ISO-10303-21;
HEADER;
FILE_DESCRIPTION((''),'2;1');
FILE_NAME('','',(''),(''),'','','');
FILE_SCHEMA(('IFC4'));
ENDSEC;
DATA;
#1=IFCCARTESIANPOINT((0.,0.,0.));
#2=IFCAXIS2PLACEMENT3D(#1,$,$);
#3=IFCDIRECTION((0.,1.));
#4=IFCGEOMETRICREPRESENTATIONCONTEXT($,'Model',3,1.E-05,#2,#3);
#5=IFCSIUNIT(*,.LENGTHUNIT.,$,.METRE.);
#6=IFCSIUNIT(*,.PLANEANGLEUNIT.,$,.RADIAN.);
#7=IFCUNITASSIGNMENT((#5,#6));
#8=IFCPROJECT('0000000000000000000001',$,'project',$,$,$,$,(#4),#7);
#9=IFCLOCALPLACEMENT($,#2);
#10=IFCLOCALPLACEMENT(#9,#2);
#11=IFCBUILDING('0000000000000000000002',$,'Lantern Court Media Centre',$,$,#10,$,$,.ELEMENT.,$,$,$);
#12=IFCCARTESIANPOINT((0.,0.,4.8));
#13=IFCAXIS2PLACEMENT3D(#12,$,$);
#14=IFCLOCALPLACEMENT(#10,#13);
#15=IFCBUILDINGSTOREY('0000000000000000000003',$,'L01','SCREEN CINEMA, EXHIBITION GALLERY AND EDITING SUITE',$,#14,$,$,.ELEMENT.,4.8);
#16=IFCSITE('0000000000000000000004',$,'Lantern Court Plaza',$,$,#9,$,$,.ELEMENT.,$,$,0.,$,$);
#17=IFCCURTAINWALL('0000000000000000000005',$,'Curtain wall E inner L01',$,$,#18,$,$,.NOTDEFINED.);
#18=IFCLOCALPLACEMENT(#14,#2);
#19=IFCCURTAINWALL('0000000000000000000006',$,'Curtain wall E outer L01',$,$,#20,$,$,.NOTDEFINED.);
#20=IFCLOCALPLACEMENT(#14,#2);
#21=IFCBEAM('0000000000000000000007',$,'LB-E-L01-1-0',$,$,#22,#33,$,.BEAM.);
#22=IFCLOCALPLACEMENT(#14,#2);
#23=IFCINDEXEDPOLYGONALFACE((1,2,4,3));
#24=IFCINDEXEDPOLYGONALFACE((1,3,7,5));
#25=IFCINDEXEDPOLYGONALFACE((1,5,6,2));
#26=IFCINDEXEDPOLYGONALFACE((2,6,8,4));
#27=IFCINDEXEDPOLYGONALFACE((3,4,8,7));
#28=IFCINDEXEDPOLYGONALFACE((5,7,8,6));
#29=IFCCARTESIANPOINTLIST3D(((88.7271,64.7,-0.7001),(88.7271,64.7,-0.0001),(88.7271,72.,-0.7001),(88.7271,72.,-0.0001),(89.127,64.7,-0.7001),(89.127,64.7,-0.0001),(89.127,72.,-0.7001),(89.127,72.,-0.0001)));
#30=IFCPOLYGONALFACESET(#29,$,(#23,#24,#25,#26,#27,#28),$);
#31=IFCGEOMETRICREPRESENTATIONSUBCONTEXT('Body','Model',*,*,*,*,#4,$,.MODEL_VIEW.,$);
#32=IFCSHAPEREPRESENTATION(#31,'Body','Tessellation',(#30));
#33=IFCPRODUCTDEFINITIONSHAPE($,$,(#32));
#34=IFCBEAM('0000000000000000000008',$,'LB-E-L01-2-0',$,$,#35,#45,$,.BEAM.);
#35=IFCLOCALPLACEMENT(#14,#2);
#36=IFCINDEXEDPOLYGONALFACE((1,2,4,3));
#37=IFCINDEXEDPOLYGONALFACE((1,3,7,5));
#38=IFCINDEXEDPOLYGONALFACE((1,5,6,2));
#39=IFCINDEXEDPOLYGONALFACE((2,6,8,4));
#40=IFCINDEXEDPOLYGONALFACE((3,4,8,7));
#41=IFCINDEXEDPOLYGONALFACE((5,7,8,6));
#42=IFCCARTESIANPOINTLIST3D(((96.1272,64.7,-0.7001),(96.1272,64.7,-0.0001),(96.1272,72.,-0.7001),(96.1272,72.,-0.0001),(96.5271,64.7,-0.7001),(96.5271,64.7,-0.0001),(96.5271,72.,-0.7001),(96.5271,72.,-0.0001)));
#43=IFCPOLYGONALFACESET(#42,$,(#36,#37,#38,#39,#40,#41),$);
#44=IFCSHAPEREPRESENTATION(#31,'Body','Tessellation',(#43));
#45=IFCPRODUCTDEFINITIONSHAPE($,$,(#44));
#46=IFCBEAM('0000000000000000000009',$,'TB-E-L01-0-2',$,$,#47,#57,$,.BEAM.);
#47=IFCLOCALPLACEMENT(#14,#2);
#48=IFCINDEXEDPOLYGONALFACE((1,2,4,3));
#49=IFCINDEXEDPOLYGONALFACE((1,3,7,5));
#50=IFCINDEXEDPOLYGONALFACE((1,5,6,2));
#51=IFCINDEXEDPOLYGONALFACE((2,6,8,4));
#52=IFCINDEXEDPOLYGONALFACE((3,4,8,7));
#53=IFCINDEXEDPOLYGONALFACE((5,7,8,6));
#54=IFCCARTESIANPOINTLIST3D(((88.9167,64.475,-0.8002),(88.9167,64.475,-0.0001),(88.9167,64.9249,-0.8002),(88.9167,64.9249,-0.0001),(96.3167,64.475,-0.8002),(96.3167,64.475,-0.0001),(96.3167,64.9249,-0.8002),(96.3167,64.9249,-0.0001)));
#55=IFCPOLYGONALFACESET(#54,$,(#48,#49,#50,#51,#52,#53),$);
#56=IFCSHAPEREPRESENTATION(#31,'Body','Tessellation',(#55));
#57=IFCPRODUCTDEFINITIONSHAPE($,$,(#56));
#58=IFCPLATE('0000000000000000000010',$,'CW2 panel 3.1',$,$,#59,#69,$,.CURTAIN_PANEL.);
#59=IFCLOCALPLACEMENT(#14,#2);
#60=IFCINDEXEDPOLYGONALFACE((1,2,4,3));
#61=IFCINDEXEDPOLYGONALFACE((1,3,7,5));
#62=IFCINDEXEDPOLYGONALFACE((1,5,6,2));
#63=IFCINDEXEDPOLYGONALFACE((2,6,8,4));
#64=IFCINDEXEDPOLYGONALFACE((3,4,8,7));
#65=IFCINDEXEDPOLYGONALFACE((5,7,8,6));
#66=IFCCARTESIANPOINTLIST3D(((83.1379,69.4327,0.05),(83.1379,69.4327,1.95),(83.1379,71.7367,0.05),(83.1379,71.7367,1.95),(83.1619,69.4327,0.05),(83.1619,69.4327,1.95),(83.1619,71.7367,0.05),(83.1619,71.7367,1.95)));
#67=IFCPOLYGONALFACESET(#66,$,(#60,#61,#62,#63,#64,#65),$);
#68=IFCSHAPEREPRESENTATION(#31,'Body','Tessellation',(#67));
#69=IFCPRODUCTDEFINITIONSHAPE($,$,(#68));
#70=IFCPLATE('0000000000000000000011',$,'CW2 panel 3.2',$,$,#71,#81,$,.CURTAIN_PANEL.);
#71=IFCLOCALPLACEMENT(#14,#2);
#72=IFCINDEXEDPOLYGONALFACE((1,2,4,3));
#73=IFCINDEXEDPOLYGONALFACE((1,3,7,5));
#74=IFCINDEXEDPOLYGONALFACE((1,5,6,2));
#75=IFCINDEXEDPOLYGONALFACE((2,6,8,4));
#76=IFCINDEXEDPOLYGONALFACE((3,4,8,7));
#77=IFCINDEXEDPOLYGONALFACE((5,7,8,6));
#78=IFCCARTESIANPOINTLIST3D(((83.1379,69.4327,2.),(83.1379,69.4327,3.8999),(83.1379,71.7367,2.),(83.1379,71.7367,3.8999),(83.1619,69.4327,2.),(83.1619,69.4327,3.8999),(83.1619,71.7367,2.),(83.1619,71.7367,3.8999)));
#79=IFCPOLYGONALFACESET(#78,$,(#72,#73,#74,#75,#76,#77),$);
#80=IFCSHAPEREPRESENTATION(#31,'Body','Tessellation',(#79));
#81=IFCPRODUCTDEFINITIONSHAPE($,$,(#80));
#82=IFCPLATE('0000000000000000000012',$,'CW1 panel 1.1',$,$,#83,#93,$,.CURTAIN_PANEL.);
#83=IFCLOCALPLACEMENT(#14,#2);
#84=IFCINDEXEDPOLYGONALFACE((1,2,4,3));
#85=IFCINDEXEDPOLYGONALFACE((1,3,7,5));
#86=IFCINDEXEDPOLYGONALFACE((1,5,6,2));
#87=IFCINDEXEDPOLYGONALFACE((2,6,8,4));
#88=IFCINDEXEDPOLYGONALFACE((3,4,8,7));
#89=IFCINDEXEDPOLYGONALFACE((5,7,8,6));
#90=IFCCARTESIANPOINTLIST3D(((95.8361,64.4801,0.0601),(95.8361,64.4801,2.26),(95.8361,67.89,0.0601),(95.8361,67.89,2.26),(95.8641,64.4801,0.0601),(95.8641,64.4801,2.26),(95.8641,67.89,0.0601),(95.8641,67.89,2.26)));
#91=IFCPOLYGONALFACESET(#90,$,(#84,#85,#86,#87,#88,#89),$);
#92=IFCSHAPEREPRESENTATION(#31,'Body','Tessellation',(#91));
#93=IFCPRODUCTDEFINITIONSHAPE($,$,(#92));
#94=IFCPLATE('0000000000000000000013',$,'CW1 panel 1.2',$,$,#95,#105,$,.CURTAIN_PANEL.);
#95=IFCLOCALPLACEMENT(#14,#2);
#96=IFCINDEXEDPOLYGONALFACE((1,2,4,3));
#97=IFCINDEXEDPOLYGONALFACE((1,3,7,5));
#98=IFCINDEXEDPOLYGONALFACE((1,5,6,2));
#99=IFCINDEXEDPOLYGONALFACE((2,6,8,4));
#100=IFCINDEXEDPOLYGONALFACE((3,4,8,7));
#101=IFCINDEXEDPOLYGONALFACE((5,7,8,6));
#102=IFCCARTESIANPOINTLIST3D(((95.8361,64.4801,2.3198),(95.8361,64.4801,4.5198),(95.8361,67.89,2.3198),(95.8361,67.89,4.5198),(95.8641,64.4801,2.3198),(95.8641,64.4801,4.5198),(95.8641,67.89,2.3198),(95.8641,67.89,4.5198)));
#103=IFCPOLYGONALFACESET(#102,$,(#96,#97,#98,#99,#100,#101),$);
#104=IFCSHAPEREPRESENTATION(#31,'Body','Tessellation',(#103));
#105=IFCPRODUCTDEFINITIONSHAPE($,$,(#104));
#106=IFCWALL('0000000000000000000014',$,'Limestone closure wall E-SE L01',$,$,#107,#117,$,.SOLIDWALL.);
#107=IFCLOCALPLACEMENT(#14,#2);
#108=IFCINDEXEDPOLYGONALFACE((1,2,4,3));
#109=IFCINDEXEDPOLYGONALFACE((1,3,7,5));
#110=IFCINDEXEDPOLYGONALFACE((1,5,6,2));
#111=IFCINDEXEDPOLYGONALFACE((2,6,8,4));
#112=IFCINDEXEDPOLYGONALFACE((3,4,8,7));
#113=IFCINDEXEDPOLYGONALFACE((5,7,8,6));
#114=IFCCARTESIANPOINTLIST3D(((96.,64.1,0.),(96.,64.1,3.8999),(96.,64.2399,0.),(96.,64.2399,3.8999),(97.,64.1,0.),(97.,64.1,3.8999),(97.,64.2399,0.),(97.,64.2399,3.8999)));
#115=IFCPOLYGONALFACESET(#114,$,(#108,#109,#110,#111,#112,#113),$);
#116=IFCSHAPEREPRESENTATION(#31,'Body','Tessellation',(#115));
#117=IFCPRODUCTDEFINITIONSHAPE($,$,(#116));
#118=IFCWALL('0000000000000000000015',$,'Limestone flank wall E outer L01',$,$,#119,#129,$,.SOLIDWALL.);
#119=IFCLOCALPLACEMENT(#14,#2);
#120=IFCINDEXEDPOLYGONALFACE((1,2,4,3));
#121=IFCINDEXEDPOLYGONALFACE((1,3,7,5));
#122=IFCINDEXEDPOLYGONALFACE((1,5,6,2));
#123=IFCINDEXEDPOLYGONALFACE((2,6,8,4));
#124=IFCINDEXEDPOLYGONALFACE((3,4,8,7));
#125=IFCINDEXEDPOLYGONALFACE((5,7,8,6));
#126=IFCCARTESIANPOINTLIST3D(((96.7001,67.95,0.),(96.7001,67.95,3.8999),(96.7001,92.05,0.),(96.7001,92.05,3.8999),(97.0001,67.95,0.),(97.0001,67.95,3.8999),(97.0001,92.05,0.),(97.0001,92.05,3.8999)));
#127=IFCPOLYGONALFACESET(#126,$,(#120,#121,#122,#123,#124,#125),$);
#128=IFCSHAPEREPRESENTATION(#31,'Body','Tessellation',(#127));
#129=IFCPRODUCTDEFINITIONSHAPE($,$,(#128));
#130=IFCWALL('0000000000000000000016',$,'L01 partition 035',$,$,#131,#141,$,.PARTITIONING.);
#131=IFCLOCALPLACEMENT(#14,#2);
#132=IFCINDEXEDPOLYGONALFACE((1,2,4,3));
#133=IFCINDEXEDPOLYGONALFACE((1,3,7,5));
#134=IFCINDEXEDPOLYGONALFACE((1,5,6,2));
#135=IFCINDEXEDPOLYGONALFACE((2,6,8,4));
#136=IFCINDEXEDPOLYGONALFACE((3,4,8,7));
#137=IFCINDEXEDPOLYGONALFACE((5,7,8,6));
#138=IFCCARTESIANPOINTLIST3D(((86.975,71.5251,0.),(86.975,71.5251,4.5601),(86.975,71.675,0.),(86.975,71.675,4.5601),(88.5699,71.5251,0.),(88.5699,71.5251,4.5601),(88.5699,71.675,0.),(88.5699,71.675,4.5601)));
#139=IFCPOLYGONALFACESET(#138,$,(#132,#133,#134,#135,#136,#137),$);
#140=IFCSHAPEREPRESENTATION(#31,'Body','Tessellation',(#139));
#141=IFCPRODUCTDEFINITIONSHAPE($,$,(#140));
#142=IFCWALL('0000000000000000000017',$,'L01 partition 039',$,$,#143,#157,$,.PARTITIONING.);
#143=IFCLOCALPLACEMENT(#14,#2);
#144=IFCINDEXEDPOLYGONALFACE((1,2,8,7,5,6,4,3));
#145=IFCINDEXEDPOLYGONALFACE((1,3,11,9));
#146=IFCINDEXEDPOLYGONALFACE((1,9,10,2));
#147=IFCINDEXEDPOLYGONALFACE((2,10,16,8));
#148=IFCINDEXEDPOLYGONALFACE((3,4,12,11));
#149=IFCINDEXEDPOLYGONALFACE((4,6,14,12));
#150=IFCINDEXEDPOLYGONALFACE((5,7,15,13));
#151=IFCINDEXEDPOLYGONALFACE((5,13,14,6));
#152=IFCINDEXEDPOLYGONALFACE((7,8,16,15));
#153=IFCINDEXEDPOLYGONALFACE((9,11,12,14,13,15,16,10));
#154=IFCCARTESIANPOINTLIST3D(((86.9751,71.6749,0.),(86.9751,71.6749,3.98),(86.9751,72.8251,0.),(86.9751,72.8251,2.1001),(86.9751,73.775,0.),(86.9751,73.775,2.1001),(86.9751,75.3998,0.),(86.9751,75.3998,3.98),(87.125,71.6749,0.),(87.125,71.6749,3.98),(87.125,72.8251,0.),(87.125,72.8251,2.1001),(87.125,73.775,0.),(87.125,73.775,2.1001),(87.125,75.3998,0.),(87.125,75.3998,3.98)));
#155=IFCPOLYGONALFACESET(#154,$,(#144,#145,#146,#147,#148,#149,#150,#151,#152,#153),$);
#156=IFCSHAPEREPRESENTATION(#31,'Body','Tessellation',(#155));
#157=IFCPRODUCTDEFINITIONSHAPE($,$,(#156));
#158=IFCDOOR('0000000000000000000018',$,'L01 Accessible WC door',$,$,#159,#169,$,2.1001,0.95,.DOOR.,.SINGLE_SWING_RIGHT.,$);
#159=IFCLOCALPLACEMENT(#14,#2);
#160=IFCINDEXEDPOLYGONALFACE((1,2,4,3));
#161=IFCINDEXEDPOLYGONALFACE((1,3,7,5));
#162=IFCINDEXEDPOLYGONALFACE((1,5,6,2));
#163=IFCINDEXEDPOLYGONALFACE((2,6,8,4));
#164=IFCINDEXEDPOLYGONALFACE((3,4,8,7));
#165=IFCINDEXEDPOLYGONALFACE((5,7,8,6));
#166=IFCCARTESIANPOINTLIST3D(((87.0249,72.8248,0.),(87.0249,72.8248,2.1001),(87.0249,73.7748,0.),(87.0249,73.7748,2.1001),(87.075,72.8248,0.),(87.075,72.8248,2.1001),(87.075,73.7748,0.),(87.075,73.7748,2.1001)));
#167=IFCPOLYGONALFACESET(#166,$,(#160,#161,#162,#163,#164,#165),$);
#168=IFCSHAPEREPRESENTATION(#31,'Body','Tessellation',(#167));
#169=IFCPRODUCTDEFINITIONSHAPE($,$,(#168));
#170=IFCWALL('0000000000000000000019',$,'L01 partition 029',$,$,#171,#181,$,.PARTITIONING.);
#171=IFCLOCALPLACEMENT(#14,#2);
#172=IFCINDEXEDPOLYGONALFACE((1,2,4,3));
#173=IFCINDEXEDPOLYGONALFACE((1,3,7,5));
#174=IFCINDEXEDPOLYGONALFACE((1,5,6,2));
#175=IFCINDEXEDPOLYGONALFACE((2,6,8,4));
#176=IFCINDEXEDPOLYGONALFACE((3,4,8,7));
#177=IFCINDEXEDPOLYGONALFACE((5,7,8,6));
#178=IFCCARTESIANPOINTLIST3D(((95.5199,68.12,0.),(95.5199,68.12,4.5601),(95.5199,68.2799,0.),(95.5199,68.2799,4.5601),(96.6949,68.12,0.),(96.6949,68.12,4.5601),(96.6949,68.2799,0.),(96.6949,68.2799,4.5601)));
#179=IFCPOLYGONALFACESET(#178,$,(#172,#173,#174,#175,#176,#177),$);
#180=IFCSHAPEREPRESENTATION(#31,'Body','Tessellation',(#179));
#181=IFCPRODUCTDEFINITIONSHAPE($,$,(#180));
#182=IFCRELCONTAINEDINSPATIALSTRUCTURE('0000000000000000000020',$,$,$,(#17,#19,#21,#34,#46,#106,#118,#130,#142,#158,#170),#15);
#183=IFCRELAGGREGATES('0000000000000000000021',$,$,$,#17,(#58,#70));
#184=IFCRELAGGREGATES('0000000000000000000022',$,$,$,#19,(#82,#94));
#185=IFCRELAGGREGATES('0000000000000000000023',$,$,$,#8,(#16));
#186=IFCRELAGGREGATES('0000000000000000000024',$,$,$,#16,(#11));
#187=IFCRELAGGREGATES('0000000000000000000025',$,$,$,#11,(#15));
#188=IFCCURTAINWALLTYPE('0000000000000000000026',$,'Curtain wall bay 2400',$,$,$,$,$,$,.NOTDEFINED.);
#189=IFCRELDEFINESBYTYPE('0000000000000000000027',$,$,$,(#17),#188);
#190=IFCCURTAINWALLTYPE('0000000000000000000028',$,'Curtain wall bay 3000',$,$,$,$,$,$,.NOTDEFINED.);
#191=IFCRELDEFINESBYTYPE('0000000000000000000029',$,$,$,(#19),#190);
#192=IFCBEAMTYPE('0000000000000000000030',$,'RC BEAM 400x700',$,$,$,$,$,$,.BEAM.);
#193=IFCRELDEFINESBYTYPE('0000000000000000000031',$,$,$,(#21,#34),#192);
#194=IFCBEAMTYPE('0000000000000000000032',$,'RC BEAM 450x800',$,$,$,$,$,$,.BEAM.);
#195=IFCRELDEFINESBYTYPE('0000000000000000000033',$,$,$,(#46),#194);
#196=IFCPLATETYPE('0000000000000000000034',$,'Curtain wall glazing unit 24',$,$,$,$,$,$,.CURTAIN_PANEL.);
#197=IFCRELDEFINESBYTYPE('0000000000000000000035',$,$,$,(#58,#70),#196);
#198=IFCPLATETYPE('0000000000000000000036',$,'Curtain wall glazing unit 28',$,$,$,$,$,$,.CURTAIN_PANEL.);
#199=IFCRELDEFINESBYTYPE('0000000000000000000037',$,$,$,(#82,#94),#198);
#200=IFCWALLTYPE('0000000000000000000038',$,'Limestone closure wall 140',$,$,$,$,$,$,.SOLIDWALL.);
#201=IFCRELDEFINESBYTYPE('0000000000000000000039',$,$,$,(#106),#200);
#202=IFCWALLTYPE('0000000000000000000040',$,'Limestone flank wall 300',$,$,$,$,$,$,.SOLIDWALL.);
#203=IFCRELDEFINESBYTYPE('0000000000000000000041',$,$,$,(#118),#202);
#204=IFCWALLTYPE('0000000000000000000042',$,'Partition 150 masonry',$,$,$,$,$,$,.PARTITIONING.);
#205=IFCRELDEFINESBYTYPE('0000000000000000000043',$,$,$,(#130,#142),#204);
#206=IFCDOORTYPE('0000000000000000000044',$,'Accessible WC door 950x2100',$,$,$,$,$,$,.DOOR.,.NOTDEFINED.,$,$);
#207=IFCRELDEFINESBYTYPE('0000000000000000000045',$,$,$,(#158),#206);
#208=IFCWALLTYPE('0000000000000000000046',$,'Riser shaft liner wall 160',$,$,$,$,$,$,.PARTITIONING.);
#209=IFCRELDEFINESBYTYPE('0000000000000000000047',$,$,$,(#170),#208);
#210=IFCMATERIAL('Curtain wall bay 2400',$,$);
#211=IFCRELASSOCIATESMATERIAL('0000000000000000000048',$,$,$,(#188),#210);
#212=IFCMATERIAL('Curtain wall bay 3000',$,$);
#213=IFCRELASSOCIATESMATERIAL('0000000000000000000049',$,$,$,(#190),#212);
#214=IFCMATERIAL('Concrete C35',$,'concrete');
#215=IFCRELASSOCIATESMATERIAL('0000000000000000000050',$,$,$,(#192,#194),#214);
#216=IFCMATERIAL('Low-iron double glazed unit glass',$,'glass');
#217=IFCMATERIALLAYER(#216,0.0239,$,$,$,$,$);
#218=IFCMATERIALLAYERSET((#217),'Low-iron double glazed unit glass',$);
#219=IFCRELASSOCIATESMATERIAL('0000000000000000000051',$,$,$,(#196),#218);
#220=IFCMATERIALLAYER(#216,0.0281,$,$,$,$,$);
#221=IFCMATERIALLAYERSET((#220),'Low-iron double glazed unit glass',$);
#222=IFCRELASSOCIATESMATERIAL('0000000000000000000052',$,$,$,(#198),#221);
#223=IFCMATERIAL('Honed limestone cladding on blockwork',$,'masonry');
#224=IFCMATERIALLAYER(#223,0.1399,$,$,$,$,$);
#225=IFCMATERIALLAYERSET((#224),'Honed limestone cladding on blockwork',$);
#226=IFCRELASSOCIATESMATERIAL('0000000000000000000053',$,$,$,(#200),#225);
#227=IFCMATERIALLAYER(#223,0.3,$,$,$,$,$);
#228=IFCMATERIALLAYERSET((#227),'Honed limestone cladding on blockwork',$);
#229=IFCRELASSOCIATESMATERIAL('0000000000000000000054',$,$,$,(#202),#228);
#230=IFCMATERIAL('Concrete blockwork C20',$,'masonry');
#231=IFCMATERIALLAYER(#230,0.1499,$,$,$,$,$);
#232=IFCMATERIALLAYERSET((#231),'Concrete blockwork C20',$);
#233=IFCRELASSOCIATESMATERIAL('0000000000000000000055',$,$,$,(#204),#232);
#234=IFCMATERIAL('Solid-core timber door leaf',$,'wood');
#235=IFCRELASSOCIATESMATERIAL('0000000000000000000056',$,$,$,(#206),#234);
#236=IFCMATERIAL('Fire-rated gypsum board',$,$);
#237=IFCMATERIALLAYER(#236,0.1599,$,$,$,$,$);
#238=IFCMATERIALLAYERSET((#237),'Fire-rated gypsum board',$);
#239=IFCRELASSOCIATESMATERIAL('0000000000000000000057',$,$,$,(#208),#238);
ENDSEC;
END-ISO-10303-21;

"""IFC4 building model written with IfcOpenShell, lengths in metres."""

from ifc_helpers import new_model, si_unit, direction, frame, frame_2d, origin, origin_2d, place, context, subcontext, project, spatial, rectangle, extrude, material, layer, layer_set, material_profile, profile_set, type_object, element, fill, aggregate, save


model = new_model("IFC4")

# Units and contexts
model_context = context("Model", 3, precision=1e-05, world=origin(), true_north=direction((0.0, 1.0)))
body_context = subcontext(model_context, "Body", "Model", "MODEL_VIEW")
ifc_project = project(units=[si_unit("LENGTHUNIT", "METRE"), si_unit("PLANEANGLEUNIT", "RADIAN")], contexts=[model_context])

# Site, building, storey
site_placement = place(None, origin())
site = spatial("IfcSite", under=ifc_project, at=site_placement, Name="Lantern Court Plaza", CompositionType="ELEMENT", RefElevation=0.0)
building_placement = place(site_placement, origin())
building = spatial("IfcBuilding", under=site, at=building_placement, Name="Lantern Court Media Centre", CompositionType="ELEMENT")
storey_placement = place(building_placement, frame((0.0, 0.0, 4.8)))
storey = spatial("IfcBuildingStorey", under=building, at=storey_placement, Name="L01", Description="SCREEN CINEMA, EXHIBITION GALLERY AND EDITING SUITE", CompositionType="ELEMENT", Elevation=4.8)

# Shared definitions
ifc_material_1 = material(Name="Concrete C35", Category="concrete")

# Curtain wall
ifc_material_2 = material(Name="Curtain wall bay 2400")
curtain_wall_type_1 = type_object("IfcCurtainWallType", Name="Curtain wall bay 2400", PredefinedType="NOTDEFINED", material=ifc_material_2)
curtain_wall_1_placement = place(storey_placement, origin())
curtain_wall_1 = element("IfcCurtainWall", 1, at=curtain_wall_1_placement, inside=storey, type_object=curtain_wall_type_1, Name="Curtain wall E inner L01", PredefinedType="NOTDEFINED")

# Curtain wall
ifc_material_3 = material(Name="Curtain wall bay 3000")
curtain_wall_type_2 = type_object("IfcCurtainWallType", Name="Curtain wall bay 3000", PredefinedType="NOTDEFINED", material=ifc_material_3)
curtain_wall_2_placement = place(storey_placement, origin())
curtain_wall_2 = element("IfcCurtainWall", 2, at=curtain_wall_2_placement, inside=storey, type_object=curtain_wall_type_2, Name="Curtain wall E outer L01", PredefinedType="NOTDEFINED")

# Beams
ifc_material_profile_1 = material_profile(ifc_material_1, rectangle(XDim=0.3999, YDim=0.7, at=origin_2d()), Name="RC 400x700")
ifc_profile_set_1 = profile_set([ifc_material_profile_1], Name="Concrete C35")
beam_type_1 = type_object("IfcBeamType", Name="RC BEAM 400x700", PredefinedType="BEAM", material=ifc_profile_set_1)
for number, where, z_axis, x_axis, name in (
    (3, (88.927, 64.7, -0.3501), (0.0, 1.0, 0.0), (-1.0, 0.0, 0.0), "LB-E-L01-1-0"),
    (4, (96.3271, 64.7, -0.3501), (0.0, 1.0, 0.0), (-1.0, 0.0, 0.0), "LB-E-L01-2-0"),
):
    element("IfcBeam", number, at=place(storey_placement, frame(where, z_axis=z_axis, x_axis=x_axis)), inside=storey, type_object=beam_type_1, Name=name, PredefinedType="BEAM", context=body_context, shape_type="SweptSolid", body=[
        extrude(rectangle(XDim=0.3999, YDim=0.7, at=origin_2d()), origin(), (0.0, 0.0, 1.0), 7.3),
    ])
ifc_material_profile_2 = material_profile(ifc_material_1, rectangle(XDim=0.45, YDim=0.8, at=origin_2d()), Name="RC 450x800")
ifc_profile_set_2 = profile_set([ifc_material_profile_2], Name="Concrete C35")
beam_type_2 = type_object("IfcBeamType", Name="RC BEAM 450x800", PredefinedType="BEAM", material=ifc_profile_set_2)
beam_1_placement = place(storey_placement, frame((88.9167, 64.7, -0.4001), z_axis=(1.0, 0.0, 0.0), x_axis=(0.0, 1.0, 0.0)))
element("IfcBeam", 5, at=beam_1_placement, inside=storey, type_object=beam_type_2, Name="TB-E-L01-0-2", PredefinedType="BEAM", context=body_context, shape_type="SweptSolid", body=[
    extrude(rectangle(XDim=0.45, YDim=0.8, at=origin_2d()), origin(), (0.0, 0.0, 1.0), 7.3999),
])

# Plates
ifc_material_4 = material(Name="Low-iron double glazed unit glass", Category="glass")
ifc_layer_1 = layer(ifc_material_4, 0.0239)
ifc_layer_set_1 = layer_set([ifc_layer_1], Name="Low-iron double glazed unit glass")
plate_type_1 = type_object("IfcPlateType", Name="Curtain wall glazing unit 24", PredefinedType="CURTAIN_PANEL", material=ifc_layer_set_1)
plate_1_placement = place(storey_placement, frame((83.1499, 70.5847, 0.05), z_axis=(0.0, 0.0, 1.0), x_axis=(0.0, 1.0, 0.0)))
plate_1 = element("IfcPlate", 6, at=plate_1_placement, type_object=plate_type_1, Name="CW2 panel 3.1", PredefinedType="CURTAIN_PANEL", context=body_context, shape_type="SweptSolid", body=[
    extrude(rectangle(XDim=2.304, YDim=0.0239, at=origin_2d()), origin(), (0.0, 0.0, 1.0), 1.8999),
])
plate_2_placement = place(storey_placement, frame((83.1499, 70.5847, 2.0), z_axis=(0.0, 0.0, 1.0), x_axis=(0.0, 1.0, 0.0)))
plate_2 = element("IfcPlate", 7, at=plate_2_placement, type_object=plate_type_1, Name="CW2 panel 3.2", PredefinedType="CURTAIN_PANEL", context=body_context, shape_type="SweptSolid", body=[
    extrude(rectangle(XDim=2.304, YDim=0.0239, at=origin_2d()), origin(), (0.0, 0.0, 1.0), 1.8999),
])
aggregate(curtain_wall_1, [plate_1, plate_2])
ifc_layer_2 = layer(ifc_material_4, 0.0281)
ifc_layer_set_2 = layer_set([ifc_layer_2], Name="Low-iron double glazed unit glass")
plate_type_2 = type_object("IfcPlateType", Name="Curtain wall glazing unit 28", PredefinedType="CURTAIN_PANEL", material=ifc_layer_set_2)
plate_3_placement = place(storey_placement, frame((95.8501, 66.1851, 0.0601), z_axis=(0.0, 0.0, 1.0), x_axis=(0.0, 1.0, 0.0)))
plate_3 = element("IfcPlate", 8, at=plate_3_placement, type_object=plate_type_2, Name="CW1 panel 1.1", PredefinedType="CURTAIN_PANEL", context=body_context, shape_type="SweptSolid", body=[
    extrude(rectangle(XDim=3.4099, YDim=0.0281, at=origin_2d()), origin(), (0.0, 0.0, 1.0), 2.2),
])
plate_4_placement = place(storey_placement, frame((95.8501, 66.1851, 2.3198), z_axis=(0.0, 0.0, 1.0), x_axis=(0.0, 1.0, 0.0)))
plate_4 = element("IfcPlate", 9, at=plate_4_placement, type_object=plate_type_2, Name="CW1 panel 1.2", PredefinedType="CURTAIN_PANEL", context=body_context, shape_type="SweptSolid", body=[
    extrude(rectangle(XDim=3.4099, YDim=0.0281, at=origin_2d()), origin(), (0.0, 0.0, 1.0), 2.2),
])
aggregate(curtain_wall_2, [plate_3, plate_4])

# Walls
ifc_material_5 = material(Name="Honed limestone cladding on blockwork", Category="masonry")
ifc_layer_3 = layer(ifc_material_5, 0.1399)
ifc_layer_set_3 = layer_set([ifc_layer_3], Name="Honed limestone cladding on blockwork")
wall_type_1 = type_object("IfcWallType", Name="Limestone closure wall 140", PredefinedType="SOLIDWALL", material=ifc_layer_set_3)
wall_1_placement = place(storey_placement, frame((96.0, 64.1699, 0.0), z_axis=(0.0, 0.0, 1.0), x_axis=(1.0, 0.0, 0.0)))
element("IfcWall", 10, at=wall_1_placement, inside=storey, type_object=wall_type_1, Name="Limestone closure wall E-SE L01", PredefinedType="SOLIDWALL", context=body_context, shape_type="SweptSolid", body=[
    extrude(rectangle(XDim=1.0, YDim=0.1399, at=frame_2d((0.5, 0.0))), origin(), (0.0, 0.0, 1.0), 3.8999),
])
ifc_layer_4 = layer(ifc_material_5, 0.3)
ifc_layer_set_4 = layer_set([ifc_layer_4], Name="Honed limestone cladding on blockwork")
wall_type_2 = type_object("IfcWallType", Name="Limestone flank wall 300", PredefinedType="SOLIDWALL", material=ifc_layer_set_4)
wall_2_placement = place(storey_placement, frame((96.8501, 67.95, 0.0), z_axis=(0.0, 0.0, 1.0), x_axis=(0.0, 1.0, 0.0)))
element("IfcWall", 11, at=wall_2_placement, inside=storey, type_object=wall_type_2, Name="Limestone flank wall E outer L01", PredefinedType="SOLIDWALL", context=body_context, shape_type="SweptSolid", body=[
    extrude(rectangle(XDim=24.1001, YDim=0.3, at=frame_2d((12.05, 0.0))), origin(), (0.0, 0.0, 1.0), 3.8999),
])
ifc_material_6 = material(Name="Concrete blockwork C20", Category="masonry")
ifc_layer_5 = layer(ifc_material_6, 0.1499)
ifc_layer_set_5 = layer_set([ifc_layer_5], Name="Concrete blockwork C20")
wall_type_3 = type_object("IfcWallType", Name="Partition 150 masonry", PredefinedType="PARTITIONING", material=ifc_layer_set_5)
wall_3_placement = place(storey_placement, frame((86.9751, 71.6001, 0.0), z_axis=(0.0, 0.0, 1.0), x_axis=(1.0, 0.0, 0.0)))
element("IfcWall", 12, at=wall_3_placement, inside=storey, type_object=wall_type_3, Name="L01 partition 035", PredefinedType="PARTITIONING", context=body_context, shape_type="SweptSolid", body=[
    extrude(rectangle(XDim=1.595, YDim=0.1499, at=frame_2d((0.7974, 0.0))), origin(), (0.0, 0.0, 1.0), 4.5601),
])

# Wall, opening, door
wall_4_placement = place(storey_placement, frame((87.05, 71.675, 0.0), z_axis=(0.0, 0.0, 1.0), x_axis=(0.0, 1.0, 0.0)))
wall_4 = element("IfcWall", 13, at=wall_4_placement, inside=storey, type_object=wall_type_3, Name="L01 partition 039", PredefinedType="PARTITIONING", context=body_context, shape_type="SweptSolid", body=[
    extrude(rectangle(XDim=3.7249, YDim=0.1499, at=frame_2d((1.8623, 0.0))), origin(), (0.0, 0.0, 1.0), 3.98),
])
opening_1_placement = place(wall_4_placement, frame((1.1499, 0.0, 0.0)))
opening_1 = element("IfcOpeningElement", 14, at=opening_1_placement, cuts=wall_4, PredefinedType="OPENING", context=body_context, shape_type="SweptSolid", body=[
    extrude(rectangle(XDim=0.95, YDim=2.1001, at=frame_2d((0.4751, 1.05))), frame((0.0, 0.085, 0.0), z_axis=(0.0, -1.0, 0.0), x_axis=(1.0, 0.0, 0.0)), (0.0, 0.0, 1.0), 0.1699),
])
ifc_material_7 = material(Name="Solid-core timber door leaf", Category="wood")
door_type_1 = type_object("IfcDoorType", Name="Accessible WC door 950x2100", OperationType="NOTDEFINED", PredefinedType="DOOR", material=ifc_material_7)
door_1_placement = place(opening_1_placement, frame((0.95, 0.0, 0.0), z_axis=(0.0, 0.0, 1.0), x_axis=(-1.0, 0.0, 0.0)))
door_1 = element("IfcDoor", 15, at=door_1_placement, inside=storey, type_object=door_type_1, Name="L01 Accessible WC door", OperationType="SINGLE_SWING_RIGHT", OverallHeight=2.1001, OverallWidth=0.95, PredefinedType="DOOR", context=body_context, shape_type="SweptSolid", body=[
    extrude(rectangle(XDim=0.95, YDim=2.1001, at=frame_2d((0.4751, 1.05))), frame((0.0, 0.0249, 0.0), z_axis=(0.0, -1.0, 0.0), x_axis=(1.0, 0.0, 0.0)), (0.0, 0.0, 1.0), 0.05),
])
fill(opening_1, door_1)

# Wall
ifc_material_8 = material(Name="Fire-rated gypsum board")
ifc_layer_6 = layer(ifc_material_8, 0.1599)
ifc_layer_set_6 = layer_set([ifc_layer_6], Name="Fire-rated gypsum board")
wall_type_4 = type_object("IfcWallType", Name="Riser shaft liner wall 160", PredefinedType="PARTITIONING", material=ifc_layer_set_6)
wall_5_placement = place(storey_placement, frame((95.52, 68.2, 0.0), z_axis=(0.0, 0.0, 1.0), x_axis=(1.0, 0.0, 0.0)))
element("IfcWall", 16, at=wall_5_placement, inside=storey, type_object=wall_type_4, Name="L01 partition 029", PredefinedType="PARTITIONING", context=body_context, shape_type="SweptSolid", body=[
    extrude(rectangle(XDim=1.175, YDim=0.1599, at=frame_2d((0.5874, 0.0))), origin(), (0.0, 0.0, 1.0), 4.5601),
])

save(model, "model.ifc")
